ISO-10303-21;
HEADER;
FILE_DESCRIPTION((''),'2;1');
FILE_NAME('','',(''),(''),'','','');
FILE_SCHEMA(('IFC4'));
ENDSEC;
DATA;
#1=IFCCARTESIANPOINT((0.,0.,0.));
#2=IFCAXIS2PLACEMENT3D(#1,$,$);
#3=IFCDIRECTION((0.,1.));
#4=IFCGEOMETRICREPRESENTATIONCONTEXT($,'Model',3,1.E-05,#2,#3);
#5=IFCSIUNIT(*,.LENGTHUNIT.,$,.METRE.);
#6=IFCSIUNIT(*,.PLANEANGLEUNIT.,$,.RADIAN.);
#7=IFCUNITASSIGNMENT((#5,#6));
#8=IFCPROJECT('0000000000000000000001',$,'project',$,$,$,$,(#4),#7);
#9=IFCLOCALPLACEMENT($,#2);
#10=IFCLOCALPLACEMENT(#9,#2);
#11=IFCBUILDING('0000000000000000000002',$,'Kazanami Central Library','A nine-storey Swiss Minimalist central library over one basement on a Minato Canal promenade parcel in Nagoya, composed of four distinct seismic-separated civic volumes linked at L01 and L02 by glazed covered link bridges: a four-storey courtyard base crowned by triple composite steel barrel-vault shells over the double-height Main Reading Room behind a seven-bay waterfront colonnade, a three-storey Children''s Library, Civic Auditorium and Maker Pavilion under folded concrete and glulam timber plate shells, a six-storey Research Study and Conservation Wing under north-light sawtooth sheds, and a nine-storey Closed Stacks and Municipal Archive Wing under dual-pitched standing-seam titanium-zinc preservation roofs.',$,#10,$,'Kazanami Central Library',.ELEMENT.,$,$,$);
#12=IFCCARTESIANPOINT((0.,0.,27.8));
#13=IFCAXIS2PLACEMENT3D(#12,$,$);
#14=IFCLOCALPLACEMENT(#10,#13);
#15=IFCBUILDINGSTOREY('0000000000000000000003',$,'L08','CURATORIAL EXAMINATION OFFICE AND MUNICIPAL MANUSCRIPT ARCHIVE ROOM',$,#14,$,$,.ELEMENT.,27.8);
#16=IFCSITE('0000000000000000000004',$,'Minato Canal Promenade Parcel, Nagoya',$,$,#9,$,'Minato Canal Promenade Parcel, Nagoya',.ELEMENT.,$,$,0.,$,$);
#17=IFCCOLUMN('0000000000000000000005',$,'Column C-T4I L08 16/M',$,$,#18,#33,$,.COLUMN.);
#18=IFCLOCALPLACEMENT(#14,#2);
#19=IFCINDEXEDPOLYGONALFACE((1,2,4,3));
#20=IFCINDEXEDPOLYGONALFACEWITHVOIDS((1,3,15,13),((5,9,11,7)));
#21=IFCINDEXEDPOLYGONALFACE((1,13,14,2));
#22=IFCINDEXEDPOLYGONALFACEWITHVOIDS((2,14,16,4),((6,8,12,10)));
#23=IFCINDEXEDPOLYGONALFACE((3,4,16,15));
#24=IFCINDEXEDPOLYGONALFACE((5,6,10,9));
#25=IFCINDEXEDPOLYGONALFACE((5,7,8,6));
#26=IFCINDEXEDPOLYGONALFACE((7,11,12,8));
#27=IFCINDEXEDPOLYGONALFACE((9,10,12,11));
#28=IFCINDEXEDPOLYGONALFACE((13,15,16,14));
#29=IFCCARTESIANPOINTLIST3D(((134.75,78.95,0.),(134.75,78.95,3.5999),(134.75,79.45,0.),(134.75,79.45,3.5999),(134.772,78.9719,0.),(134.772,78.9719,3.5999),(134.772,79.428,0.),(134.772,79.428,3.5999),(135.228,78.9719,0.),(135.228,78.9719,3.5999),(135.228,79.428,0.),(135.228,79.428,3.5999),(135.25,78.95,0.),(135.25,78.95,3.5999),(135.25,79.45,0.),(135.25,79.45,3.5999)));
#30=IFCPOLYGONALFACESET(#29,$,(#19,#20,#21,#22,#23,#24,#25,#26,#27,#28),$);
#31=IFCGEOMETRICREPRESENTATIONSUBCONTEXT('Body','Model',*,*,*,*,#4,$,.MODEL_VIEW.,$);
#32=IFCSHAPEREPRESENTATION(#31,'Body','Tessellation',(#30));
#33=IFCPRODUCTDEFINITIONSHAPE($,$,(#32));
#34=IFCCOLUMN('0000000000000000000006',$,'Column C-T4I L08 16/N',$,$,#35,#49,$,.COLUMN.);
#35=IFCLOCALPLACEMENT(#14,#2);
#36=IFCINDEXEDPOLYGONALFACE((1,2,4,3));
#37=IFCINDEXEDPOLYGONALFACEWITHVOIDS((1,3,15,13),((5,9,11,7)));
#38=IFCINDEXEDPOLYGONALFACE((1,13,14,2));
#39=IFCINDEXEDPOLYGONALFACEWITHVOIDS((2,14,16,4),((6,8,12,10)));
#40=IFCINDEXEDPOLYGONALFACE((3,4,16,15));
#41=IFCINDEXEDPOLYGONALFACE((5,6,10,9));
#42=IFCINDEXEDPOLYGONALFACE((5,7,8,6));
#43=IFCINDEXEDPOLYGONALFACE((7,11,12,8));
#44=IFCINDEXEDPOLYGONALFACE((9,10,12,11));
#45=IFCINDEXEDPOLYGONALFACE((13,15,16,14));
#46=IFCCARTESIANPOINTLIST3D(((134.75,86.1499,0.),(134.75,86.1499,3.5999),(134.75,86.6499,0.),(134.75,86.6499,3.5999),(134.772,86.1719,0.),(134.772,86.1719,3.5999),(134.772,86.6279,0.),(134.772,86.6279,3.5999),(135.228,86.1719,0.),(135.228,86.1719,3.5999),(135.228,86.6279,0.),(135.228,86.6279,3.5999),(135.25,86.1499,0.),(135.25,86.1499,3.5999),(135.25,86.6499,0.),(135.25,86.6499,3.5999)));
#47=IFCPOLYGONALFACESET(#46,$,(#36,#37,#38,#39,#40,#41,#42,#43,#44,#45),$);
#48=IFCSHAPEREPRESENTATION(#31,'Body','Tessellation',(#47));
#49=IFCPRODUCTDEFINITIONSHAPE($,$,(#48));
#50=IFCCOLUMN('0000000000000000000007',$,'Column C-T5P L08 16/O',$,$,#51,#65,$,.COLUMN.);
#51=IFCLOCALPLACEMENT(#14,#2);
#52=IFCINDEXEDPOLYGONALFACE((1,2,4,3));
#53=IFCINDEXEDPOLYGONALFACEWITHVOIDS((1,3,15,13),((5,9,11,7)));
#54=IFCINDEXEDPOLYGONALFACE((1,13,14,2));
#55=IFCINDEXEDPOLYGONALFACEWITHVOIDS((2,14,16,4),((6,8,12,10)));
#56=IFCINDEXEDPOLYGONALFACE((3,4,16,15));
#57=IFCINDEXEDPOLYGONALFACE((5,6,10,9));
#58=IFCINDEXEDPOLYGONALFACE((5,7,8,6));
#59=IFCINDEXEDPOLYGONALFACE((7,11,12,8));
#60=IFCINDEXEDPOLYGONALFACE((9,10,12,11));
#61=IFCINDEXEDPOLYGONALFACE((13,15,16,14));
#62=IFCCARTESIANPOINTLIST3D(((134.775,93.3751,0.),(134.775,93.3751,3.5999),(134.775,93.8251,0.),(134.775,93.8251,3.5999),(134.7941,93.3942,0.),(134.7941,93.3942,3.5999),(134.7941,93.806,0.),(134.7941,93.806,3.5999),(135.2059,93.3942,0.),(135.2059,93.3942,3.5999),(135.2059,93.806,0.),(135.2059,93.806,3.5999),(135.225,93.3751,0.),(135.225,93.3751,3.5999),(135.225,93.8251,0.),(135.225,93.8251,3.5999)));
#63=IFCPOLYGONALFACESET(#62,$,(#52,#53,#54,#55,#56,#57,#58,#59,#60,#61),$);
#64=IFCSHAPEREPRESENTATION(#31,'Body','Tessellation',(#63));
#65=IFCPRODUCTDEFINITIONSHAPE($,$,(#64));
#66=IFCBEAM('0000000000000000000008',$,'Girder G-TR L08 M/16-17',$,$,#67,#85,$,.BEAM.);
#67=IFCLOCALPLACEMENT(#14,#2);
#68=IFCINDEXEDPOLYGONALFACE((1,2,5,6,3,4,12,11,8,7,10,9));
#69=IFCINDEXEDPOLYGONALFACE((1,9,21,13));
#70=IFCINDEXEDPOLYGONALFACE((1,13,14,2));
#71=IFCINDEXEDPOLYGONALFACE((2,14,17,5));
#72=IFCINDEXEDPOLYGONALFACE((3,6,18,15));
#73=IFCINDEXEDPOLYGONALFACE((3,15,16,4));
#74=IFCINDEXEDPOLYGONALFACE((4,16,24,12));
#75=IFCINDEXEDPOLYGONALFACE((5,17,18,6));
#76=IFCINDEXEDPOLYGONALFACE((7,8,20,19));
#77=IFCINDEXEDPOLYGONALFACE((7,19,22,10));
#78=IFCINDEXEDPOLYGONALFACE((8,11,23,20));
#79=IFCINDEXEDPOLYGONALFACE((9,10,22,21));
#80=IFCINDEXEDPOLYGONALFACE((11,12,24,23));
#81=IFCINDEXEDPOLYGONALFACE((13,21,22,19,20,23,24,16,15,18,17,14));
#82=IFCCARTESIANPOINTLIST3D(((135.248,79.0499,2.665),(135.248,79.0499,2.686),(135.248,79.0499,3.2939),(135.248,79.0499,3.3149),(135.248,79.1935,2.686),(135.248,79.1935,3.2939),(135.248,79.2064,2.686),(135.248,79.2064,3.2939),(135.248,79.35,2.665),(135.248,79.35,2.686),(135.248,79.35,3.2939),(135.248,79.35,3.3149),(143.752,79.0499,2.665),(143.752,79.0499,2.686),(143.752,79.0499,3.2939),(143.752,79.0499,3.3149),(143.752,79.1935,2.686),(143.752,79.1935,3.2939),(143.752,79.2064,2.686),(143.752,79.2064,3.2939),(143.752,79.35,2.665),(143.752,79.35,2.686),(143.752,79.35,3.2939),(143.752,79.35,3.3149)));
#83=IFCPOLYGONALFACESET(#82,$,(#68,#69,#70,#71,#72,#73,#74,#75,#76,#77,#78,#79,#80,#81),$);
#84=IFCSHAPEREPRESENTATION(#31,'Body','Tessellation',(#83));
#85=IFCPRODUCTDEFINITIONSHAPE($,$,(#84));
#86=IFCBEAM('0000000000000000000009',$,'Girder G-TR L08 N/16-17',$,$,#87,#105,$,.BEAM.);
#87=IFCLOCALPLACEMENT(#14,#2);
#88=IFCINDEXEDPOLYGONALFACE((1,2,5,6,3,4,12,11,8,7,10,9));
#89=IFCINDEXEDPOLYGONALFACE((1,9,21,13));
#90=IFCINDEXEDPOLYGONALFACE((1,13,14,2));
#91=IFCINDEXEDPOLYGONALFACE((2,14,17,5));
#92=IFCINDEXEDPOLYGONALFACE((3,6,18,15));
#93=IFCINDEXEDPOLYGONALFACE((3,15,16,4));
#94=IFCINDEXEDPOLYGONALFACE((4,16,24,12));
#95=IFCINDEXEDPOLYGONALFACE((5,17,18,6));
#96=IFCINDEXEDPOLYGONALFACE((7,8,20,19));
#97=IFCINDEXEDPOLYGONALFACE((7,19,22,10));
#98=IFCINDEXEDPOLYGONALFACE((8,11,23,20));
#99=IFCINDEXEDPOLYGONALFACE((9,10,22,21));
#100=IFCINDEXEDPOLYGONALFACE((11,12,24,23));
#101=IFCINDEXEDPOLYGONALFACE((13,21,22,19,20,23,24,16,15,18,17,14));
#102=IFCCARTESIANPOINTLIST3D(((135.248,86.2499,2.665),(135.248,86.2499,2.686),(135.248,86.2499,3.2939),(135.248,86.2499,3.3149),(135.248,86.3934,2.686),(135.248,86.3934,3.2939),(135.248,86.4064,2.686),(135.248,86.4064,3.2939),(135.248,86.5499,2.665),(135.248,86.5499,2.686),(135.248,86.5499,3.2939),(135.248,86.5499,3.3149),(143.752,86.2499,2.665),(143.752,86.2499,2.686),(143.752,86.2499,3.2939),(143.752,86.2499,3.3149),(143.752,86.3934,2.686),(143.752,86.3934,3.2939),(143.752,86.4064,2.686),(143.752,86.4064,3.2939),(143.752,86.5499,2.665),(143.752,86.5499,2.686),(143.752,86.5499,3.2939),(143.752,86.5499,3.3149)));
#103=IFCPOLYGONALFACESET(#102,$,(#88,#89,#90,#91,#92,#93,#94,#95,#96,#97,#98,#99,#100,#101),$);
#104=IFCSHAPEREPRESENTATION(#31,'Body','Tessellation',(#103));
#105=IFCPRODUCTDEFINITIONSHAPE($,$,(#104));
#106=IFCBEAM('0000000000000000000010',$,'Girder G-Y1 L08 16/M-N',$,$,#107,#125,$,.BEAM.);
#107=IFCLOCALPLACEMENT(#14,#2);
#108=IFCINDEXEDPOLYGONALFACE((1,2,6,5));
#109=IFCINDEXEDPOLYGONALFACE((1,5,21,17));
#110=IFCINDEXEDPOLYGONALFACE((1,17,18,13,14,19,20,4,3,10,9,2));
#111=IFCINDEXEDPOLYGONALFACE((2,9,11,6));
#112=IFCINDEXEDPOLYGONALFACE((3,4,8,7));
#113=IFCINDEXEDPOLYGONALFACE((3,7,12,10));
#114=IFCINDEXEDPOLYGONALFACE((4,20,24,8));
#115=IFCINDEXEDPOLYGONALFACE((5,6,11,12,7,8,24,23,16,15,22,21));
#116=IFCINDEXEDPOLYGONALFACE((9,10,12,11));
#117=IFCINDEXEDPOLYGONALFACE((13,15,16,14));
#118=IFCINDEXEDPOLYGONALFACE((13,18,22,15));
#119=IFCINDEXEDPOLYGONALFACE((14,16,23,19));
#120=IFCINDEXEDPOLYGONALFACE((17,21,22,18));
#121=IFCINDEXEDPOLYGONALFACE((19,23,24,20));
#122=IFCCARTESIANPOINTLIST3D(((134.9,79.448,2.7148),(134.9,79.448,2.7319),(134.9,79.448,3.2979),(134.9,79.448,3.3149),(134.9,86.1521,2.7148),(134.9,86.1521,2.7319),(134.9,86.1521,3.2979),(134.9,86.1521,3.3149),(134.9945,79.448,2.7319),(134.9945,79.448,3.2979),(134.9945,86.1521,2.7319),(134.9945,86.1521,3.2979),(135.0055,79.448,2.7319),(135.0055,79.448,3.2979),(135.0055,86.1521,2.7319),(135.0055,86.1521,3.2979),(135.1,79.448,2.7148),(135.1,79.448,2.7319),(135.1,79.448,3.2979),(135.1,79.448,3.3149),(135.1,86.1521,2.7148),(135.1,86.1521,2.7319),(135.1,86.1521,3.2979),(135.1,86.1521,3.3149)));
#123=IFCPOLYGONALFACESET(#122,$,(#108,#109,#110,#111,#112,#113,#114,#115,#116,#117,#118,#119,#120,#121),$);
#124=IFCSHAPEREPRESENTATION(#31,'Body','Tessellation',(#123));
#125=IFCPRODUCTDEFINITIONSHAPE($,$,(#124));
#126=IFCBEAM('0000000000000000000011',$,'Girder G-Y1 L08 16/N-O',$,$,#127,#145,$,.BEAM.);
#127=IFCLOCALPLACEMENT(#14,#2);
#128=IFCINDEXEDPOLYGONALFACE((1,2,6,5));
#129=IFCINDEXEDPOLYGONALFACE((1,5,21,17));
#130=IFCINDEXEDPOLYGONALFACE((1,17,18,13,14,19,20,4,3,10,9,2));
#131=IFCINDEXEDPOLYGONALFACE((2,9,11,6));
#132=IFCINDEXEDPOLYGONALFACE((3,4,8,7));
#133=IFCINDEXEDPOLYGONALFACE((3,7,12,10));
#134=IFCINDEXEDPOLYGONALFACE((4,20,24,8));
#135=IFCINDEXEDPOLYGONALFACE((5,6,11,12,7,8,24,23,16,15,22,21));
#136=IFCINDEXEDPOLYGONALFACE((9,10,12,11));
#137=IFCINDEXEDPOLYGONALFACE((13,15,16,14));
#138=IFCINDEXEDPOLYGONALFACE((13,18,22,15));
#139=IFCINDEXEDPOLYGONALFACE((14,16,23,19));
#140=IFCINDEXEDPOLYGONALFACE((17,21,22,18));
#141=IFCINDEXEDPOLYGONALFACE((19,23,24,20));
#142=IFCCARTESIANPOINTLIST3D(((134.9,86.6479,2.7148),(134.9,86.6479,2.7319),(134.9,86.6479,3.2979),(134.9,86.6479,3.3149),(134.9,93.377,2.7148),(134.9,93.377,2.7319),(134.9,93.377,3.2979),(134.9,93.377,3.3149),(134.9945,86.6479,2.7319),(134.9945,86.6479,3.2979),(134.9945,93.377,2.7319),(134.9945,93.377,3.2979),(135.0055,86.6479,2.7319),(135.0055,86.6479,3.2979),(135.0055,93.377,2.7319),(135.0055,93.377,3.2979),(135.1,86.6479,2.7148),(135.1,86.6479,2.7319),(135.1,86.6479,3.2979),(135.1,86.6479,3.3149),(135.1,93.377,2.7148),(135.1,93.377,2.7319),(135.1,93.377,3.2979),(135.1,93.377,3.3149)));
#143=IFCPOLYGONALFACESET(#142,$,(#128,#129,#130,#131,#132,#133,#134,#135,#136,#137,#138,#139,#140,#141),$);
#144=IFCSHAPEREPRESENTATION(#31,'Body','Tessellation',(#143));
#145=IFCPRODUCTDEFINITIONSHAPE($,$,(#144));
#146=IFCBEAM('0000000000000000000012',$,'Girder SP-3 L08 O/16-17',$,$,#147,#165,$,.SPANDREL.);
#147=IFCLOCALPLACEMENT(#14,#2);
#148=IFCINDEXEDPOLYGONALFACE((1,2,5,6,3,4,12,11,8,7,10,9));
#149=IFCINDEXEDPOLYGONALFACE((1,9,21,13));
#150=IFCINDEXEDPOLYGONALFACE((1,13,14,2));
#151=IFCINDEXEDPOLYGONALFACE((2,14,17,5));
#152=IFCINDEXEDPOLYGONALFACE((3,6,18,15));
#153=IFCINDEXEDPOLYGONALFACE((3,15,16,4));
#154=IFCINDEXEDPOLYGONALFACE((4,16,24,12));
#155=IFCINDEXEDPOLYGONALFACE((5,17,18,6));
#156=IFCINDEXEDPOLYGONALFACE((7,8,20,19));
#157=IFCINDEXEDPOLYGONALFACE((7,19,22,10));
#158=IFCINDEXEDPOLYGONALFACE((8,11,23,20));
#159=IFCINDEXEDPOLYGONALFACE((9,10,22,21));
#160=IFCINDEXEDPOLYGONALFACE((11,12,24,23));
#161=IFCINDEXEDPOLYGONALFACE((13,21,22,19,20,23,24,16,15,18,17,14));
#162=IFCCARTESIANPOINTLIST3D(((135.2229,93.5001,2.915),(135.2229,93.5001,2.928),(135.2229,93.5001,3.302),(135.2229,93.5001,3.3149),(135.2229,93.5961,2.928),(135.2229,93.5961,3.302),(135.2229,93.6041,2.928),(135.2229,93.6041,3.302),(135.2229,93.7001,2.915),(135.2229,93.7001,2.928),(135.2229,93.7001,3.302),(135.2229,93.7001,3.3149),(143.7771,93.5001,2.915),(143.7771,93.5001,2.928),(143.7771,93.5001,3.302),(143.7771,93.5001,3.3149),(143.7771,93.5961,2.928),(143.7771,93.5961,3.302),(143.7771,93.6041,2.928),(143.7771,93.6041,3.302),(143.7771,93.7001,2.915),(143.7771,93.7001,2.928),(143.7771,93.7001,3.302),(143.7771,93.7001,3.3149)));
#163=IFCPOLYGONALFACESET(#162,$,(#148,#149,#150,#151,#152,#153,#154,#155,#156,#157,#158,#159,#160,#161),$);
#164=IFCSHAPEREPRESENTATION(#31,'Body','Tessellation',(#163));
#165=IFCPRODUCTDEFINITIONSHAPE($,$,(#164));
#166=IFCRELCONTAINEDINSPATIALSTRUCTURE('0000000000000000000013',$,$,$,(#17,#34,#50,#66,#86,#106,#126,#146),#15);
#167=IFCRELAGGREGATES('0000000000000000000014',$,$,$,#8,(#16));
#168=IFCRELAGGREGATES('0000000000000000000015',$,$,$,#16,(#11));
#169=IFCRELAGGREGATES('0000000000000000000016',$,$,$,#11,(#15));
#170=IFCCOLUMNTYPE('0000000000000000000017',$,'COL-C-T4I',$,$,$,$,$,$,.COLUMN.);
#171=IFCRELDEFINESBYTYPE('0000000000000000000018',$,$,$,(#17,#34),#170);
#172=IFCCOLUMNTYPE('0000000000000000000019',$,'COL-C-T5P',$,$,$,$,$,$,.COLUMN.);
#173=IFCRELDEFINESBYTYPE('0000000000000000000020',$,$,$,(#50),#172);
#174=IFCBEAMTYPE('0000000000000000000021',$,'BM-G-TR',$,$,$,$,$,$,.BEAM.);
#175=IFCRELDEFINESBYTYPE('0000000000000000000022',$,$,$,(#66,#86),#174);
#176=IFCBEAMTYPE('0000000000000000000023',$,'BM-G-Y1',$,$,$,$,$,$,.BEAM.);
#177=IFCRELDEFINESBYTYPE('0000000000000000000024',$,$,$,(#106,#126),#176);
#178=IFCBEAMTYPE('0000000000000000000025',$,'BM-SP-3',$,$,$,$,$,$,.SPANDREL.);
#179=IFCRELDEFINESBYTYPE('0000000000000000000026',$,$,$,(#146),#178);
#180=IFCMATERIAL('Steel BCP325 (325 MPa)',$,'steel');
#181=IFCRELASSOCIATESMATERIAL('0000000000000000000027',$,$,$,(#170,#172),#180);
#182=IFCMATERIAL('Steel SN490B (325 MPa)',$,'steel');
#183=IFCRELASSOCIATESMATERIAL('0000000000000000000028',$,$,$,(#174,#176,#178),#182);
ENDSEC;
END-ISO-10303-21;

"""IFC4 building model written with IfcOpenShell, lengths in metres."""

from ifc_helpers import new_model, si_unit, direction, frame, origin, origin_2d, place, context, subcontext, project, spatial, hollow_rectangle, i_section, extrude, material, material_profile, profile_set, type_object, element, save


model = new_model("IFC4")

# Units and contexts
model_context = context("Model", 3, precision=1e-05, world=origin(), true_north=direction((0.0, 1.0)))
body_context = subcontext(model_context, "Body", "Model", "MODEL_VIEW")
ifc_project = project(units=[si_unit("LENGTHUNIT", "METRE"), si_unit("PLANEANGLEUNIT", "RADIAN")], contexts=[model_context])

# Site, building, storey
site_placement = place(None, origin())
site = spatial("IfcSite", under=ifc_project, at=site_placement, Name="Minato Canal Promenade Parcel, Nagoya", LongName="Minato Canal Promenade Parcel, Nagoya", CompositionType="ELEMENT", RefElevation=0.0)
building_placement = place(site_placement, origin())
building = spatial("IfcBuilding", under=site, at=building_placement, Name="Kazanami Central Library", Description="A nine-storey Swiss Minimalist central library over one basement on a Minato Canal promenade parcel in Nagoya, composed of four distinct seismic-separated civic volumes linked at L01 and L02 by glazed covered link bridges: a four-storey courtyard base crowned by triple composite steel barrel-vault shells over the double-height Main Reading Room behind a seven-bay waterfront colonnade, a three-storey Children's Library, Civic Auditorium and Maker Pavilion under folded concrete and glulam timber plate shells, a six-storey Research Study and Conservation Wing under north-light sawtooth sheds, and a nine-storey Closed Stacks and Municipal Archive Wing under dual-pitched standing-seam titanium-zinc preservation roofs.", LongName="Kazanami Central Library", CompositionType="ELEMENT")
storey_placement = place(building_placement, frame((0.0, 0.0, 27.8)))
storey = spatial("IfcBuildingStorey", under=building, at=storey_placement, Name="L08", Description="CURATORIAL EXAMINATION OFFICE AND MUNICIPAL MANUSCRIPT ARCHIVE ROOM", CompositionType="ELEMENT", Elevation=27.8)

# Columns
ifc_material_1 = material(Name="Steel BCP325 (325 MPa)", Category="steel")
ifc_material_profile_1 = material_profile(ifc_material_1, hollow_rectangle(XDim=0.5, YDim=0.5, WallThickness=0.022, at=origin_2d()), Name="BCP-500x500x22")
ifc_profile_set_1 = profile_set([ifc_material_profile_1], Name="Steel BCP325 (325 MPa)")
column_type_1 = type_object("IfcColumnType", Name="COL-C-T4I", PredefinedType="COLUMN", material=ifc_profile_set_1)
for number, where, z_axis, x_axis, name in (
    (1, (135.0, 79.2, 0.0), (0.0, 0.0, 1.0), (1.0, 0.0, 0.0), "Column C-T4I L08 16/M"),
    (2, (135.0, 86.3999, 0.0), (0.0, 0.0, 1.0), (1.0, 0.0, 0.0), "Column C-T4I L08 16/N"),
):
    element("IfcColumn", number, at=place(storey_placement, frame(where, z_axis=z_axis, x_axis=x_axis)), inside=storey, type_object=column_type_1, Name=name, PredefinedType="COLUMN", context=body_context, shape_type="SweptSolid", body=[
        extrude(hollow_rectangle(XDim=0.5, YDim=0.5, WallThickness=0.022, at=origin_2d()), origin(), (0.0, 0.0, 1.0), 3.5999),
    ])
ifc_material_profile_2 = material_profile(ifc_material_1, hollow_rectangle(XDim=0.45, YDim=0.45, WallThickness=0.019, at=origin_2d()), Name="BCP-450x450x19")
ifc_profile_set_2 = profile_set([ifc_material_profile_2], Name="Steel BCP325 (325 MPa)")
column_type_2 = type_object("IfcColumnType", Name="COL-C-T5P", PredefinedType="COLUMN", material=ifc_profile_set_2)
column_placement = place(storey_placement, frame((135.0, 93.6001, 0.0), z_axis=(0.0, 0.0, 1.0), x_axis=(1.0, 0.0, 0.0)))
element("IfcColumn", 3, at=column_placement, inside=storey, type_object=column_type_2, Name="Column C-T5P L08 16/O", PredefinedType="COLUMN", context=body_context, shape_type="SweptSolid", body=[
    extrude(hollow_rectangle(XDim=0.45, YDim=0.45, WallThickness=0.019, at=origin_2d()), origin(), (0.0, 0.0, 1.0), 3.5999),
])

# Beams
ifc_material_2 = material(Name="Steel SN490B (325 MPa)", Category="steel")
ifc_material_profile_3 = material_profile(ifc_material_2, i_section(OverallWidth=0.3, OverallDepth=0.6499, WebThickness=0.0129, FlangeThickness=0.021, at=origin_2d()), Name="H-650x300x13x21")
ifc_profile_set_3 = profile_set([ifc_material_profile_3], Name="Steel SN490B (325 MPa)")
beam_type_1 = type_object("IfcBeamType", Name="BM-G-TR", PredefinedType="BEAM", material=ifc_profile_set_3)
for number, where, z_axis, x_axis, name in (
    (4, (135.248, 79.2, 2.99), (1.0, 0.0, 0.0), (0.0, 1.0, 0.0), "Girder G-TR L08 M/16-17"),
    (5, (135.248, 86.3999, 2.99), (1.0, 0.0, 0.0), (0.0, 1.0, 0.0), "Girder G-TR L08 N/16-17"),
):
    element("IfcBeam", number, at=place(storey_placement, frame(where, z_axis=z_axis, x_axis=x_axis)), inside=storey, type_object=beam_type_1, Name=name, PredefinedType="BEAM", context=body_context, shape_type="SweptSolid", body=[
        extrude(i_section(OverallWidth=0.3, OverallDepth=0.6499, WebThickness=0.0129, FlangeThickness=0.021, at=origin_2d()), origin(), (0.0, 0.0, 1.0), 8.5039),
    ])
ifc_material_profile_4 = material_profile(ifc_material_2, i_section(OverallWidth=0.2, OverallDepth=0.6001, WebThickness=0.011, FlangeThickness=0.0171, at=origin_2d()), Name="H-600x200x11x17")
ifc_profile_set_4 = profile_set([ifc_material_profile_4], Name="Steel SN490B (325 MPa)")
beam_type_2 = type_object("IfcBeamType", Name="BM-G-Y1", PredefinedType="BEAM", material=ifc_profile_set_4)
beam_1_placement = place(storey_placement, frame((135.0, 79.448, 3.0149), z_axis=(0.0, 1.0, 0.0), x_axis=(-1.0, 0.0, 0.0)))
element("IfcBeam", 6, at=beam_1_placement, inside=storey, type_object=beam_type_2, Name="Girder G-Y1 L08 16/M-N", PredefinedType="BEAM", context=body_context, shape_type="SweptSolid", body=[
    extrude(i_section(OverallWidth=0.2, OverallDepth=0.6001, WebThickness=0.011, FlangeThickness=0.0171, at=origin_2d()), origin(), (0.0, 0.0, 1.0), 6.7041),
])
beam_2_placement = place(storey_placement, frame((135.0, 86.6479, 3.0149), z_axis=(0.0, 1.0, 0.0), x_axis=(-1.0, 0.0, 0.0)))
element("IfcBeam", 7, at=beam_2_placement, inside=storey, type_object=beam_type_2, Name="Girder G-Y1 L08 16/N-O", PredefinedType="BEAM", context=body_context, shape_type="SweptSolid", body=[
    extrude(i_section(OverallWidth=0.2, OverallDepth=0.6001, WebThickness=0.011, FlangeThickness=0.0171, at=origin_2d()), origin(), (0.0, 0.0, 1.0), 6.729),
])
ifc_material_profile_5 = material_profile(ifc_material_2, i_section(OverallWidth=0.2, OverallDepth=0.3999, WebThickness=0.0081, FlangeThickness=0.0129, at=origin_2d()), Name="H-400x200x8x13")
ifc_profile_set_5 = profile_set([ifc_material_profile_5], Name="Steel SN490B (325 MPa)")
beam_type_3 = type_object("IfcBeamType", Name="BM-SP-3", PredefinedType="SPANDREL", material=ifc_profile_set_5)
beam_3_placement = place(storey_placement, frame((135.2229, 93.6001, 3.115), z_axis=(1.0, 0.0, 0.0), x_axis=(0.0, 1.0, 0.0)))
element("IfcBeam", 8, at=beam_3_placement, inside=storey, type_object=beam_type_3, Name="Girder SP-3 L08 O/16-17", PredefinedType="SPANDREL", context=body_context, shape_type="SweptSolid", body=[
    extrude(i_section(OverallWidth=0.2, OverallDepth=0.3999, WebThickness=0.0081, FlangeThickness=0.0129, at=origin_2d()), origin(), (0.0, 0.0, 1.0), 8.5542),
])

save(model, "model.ifc")
